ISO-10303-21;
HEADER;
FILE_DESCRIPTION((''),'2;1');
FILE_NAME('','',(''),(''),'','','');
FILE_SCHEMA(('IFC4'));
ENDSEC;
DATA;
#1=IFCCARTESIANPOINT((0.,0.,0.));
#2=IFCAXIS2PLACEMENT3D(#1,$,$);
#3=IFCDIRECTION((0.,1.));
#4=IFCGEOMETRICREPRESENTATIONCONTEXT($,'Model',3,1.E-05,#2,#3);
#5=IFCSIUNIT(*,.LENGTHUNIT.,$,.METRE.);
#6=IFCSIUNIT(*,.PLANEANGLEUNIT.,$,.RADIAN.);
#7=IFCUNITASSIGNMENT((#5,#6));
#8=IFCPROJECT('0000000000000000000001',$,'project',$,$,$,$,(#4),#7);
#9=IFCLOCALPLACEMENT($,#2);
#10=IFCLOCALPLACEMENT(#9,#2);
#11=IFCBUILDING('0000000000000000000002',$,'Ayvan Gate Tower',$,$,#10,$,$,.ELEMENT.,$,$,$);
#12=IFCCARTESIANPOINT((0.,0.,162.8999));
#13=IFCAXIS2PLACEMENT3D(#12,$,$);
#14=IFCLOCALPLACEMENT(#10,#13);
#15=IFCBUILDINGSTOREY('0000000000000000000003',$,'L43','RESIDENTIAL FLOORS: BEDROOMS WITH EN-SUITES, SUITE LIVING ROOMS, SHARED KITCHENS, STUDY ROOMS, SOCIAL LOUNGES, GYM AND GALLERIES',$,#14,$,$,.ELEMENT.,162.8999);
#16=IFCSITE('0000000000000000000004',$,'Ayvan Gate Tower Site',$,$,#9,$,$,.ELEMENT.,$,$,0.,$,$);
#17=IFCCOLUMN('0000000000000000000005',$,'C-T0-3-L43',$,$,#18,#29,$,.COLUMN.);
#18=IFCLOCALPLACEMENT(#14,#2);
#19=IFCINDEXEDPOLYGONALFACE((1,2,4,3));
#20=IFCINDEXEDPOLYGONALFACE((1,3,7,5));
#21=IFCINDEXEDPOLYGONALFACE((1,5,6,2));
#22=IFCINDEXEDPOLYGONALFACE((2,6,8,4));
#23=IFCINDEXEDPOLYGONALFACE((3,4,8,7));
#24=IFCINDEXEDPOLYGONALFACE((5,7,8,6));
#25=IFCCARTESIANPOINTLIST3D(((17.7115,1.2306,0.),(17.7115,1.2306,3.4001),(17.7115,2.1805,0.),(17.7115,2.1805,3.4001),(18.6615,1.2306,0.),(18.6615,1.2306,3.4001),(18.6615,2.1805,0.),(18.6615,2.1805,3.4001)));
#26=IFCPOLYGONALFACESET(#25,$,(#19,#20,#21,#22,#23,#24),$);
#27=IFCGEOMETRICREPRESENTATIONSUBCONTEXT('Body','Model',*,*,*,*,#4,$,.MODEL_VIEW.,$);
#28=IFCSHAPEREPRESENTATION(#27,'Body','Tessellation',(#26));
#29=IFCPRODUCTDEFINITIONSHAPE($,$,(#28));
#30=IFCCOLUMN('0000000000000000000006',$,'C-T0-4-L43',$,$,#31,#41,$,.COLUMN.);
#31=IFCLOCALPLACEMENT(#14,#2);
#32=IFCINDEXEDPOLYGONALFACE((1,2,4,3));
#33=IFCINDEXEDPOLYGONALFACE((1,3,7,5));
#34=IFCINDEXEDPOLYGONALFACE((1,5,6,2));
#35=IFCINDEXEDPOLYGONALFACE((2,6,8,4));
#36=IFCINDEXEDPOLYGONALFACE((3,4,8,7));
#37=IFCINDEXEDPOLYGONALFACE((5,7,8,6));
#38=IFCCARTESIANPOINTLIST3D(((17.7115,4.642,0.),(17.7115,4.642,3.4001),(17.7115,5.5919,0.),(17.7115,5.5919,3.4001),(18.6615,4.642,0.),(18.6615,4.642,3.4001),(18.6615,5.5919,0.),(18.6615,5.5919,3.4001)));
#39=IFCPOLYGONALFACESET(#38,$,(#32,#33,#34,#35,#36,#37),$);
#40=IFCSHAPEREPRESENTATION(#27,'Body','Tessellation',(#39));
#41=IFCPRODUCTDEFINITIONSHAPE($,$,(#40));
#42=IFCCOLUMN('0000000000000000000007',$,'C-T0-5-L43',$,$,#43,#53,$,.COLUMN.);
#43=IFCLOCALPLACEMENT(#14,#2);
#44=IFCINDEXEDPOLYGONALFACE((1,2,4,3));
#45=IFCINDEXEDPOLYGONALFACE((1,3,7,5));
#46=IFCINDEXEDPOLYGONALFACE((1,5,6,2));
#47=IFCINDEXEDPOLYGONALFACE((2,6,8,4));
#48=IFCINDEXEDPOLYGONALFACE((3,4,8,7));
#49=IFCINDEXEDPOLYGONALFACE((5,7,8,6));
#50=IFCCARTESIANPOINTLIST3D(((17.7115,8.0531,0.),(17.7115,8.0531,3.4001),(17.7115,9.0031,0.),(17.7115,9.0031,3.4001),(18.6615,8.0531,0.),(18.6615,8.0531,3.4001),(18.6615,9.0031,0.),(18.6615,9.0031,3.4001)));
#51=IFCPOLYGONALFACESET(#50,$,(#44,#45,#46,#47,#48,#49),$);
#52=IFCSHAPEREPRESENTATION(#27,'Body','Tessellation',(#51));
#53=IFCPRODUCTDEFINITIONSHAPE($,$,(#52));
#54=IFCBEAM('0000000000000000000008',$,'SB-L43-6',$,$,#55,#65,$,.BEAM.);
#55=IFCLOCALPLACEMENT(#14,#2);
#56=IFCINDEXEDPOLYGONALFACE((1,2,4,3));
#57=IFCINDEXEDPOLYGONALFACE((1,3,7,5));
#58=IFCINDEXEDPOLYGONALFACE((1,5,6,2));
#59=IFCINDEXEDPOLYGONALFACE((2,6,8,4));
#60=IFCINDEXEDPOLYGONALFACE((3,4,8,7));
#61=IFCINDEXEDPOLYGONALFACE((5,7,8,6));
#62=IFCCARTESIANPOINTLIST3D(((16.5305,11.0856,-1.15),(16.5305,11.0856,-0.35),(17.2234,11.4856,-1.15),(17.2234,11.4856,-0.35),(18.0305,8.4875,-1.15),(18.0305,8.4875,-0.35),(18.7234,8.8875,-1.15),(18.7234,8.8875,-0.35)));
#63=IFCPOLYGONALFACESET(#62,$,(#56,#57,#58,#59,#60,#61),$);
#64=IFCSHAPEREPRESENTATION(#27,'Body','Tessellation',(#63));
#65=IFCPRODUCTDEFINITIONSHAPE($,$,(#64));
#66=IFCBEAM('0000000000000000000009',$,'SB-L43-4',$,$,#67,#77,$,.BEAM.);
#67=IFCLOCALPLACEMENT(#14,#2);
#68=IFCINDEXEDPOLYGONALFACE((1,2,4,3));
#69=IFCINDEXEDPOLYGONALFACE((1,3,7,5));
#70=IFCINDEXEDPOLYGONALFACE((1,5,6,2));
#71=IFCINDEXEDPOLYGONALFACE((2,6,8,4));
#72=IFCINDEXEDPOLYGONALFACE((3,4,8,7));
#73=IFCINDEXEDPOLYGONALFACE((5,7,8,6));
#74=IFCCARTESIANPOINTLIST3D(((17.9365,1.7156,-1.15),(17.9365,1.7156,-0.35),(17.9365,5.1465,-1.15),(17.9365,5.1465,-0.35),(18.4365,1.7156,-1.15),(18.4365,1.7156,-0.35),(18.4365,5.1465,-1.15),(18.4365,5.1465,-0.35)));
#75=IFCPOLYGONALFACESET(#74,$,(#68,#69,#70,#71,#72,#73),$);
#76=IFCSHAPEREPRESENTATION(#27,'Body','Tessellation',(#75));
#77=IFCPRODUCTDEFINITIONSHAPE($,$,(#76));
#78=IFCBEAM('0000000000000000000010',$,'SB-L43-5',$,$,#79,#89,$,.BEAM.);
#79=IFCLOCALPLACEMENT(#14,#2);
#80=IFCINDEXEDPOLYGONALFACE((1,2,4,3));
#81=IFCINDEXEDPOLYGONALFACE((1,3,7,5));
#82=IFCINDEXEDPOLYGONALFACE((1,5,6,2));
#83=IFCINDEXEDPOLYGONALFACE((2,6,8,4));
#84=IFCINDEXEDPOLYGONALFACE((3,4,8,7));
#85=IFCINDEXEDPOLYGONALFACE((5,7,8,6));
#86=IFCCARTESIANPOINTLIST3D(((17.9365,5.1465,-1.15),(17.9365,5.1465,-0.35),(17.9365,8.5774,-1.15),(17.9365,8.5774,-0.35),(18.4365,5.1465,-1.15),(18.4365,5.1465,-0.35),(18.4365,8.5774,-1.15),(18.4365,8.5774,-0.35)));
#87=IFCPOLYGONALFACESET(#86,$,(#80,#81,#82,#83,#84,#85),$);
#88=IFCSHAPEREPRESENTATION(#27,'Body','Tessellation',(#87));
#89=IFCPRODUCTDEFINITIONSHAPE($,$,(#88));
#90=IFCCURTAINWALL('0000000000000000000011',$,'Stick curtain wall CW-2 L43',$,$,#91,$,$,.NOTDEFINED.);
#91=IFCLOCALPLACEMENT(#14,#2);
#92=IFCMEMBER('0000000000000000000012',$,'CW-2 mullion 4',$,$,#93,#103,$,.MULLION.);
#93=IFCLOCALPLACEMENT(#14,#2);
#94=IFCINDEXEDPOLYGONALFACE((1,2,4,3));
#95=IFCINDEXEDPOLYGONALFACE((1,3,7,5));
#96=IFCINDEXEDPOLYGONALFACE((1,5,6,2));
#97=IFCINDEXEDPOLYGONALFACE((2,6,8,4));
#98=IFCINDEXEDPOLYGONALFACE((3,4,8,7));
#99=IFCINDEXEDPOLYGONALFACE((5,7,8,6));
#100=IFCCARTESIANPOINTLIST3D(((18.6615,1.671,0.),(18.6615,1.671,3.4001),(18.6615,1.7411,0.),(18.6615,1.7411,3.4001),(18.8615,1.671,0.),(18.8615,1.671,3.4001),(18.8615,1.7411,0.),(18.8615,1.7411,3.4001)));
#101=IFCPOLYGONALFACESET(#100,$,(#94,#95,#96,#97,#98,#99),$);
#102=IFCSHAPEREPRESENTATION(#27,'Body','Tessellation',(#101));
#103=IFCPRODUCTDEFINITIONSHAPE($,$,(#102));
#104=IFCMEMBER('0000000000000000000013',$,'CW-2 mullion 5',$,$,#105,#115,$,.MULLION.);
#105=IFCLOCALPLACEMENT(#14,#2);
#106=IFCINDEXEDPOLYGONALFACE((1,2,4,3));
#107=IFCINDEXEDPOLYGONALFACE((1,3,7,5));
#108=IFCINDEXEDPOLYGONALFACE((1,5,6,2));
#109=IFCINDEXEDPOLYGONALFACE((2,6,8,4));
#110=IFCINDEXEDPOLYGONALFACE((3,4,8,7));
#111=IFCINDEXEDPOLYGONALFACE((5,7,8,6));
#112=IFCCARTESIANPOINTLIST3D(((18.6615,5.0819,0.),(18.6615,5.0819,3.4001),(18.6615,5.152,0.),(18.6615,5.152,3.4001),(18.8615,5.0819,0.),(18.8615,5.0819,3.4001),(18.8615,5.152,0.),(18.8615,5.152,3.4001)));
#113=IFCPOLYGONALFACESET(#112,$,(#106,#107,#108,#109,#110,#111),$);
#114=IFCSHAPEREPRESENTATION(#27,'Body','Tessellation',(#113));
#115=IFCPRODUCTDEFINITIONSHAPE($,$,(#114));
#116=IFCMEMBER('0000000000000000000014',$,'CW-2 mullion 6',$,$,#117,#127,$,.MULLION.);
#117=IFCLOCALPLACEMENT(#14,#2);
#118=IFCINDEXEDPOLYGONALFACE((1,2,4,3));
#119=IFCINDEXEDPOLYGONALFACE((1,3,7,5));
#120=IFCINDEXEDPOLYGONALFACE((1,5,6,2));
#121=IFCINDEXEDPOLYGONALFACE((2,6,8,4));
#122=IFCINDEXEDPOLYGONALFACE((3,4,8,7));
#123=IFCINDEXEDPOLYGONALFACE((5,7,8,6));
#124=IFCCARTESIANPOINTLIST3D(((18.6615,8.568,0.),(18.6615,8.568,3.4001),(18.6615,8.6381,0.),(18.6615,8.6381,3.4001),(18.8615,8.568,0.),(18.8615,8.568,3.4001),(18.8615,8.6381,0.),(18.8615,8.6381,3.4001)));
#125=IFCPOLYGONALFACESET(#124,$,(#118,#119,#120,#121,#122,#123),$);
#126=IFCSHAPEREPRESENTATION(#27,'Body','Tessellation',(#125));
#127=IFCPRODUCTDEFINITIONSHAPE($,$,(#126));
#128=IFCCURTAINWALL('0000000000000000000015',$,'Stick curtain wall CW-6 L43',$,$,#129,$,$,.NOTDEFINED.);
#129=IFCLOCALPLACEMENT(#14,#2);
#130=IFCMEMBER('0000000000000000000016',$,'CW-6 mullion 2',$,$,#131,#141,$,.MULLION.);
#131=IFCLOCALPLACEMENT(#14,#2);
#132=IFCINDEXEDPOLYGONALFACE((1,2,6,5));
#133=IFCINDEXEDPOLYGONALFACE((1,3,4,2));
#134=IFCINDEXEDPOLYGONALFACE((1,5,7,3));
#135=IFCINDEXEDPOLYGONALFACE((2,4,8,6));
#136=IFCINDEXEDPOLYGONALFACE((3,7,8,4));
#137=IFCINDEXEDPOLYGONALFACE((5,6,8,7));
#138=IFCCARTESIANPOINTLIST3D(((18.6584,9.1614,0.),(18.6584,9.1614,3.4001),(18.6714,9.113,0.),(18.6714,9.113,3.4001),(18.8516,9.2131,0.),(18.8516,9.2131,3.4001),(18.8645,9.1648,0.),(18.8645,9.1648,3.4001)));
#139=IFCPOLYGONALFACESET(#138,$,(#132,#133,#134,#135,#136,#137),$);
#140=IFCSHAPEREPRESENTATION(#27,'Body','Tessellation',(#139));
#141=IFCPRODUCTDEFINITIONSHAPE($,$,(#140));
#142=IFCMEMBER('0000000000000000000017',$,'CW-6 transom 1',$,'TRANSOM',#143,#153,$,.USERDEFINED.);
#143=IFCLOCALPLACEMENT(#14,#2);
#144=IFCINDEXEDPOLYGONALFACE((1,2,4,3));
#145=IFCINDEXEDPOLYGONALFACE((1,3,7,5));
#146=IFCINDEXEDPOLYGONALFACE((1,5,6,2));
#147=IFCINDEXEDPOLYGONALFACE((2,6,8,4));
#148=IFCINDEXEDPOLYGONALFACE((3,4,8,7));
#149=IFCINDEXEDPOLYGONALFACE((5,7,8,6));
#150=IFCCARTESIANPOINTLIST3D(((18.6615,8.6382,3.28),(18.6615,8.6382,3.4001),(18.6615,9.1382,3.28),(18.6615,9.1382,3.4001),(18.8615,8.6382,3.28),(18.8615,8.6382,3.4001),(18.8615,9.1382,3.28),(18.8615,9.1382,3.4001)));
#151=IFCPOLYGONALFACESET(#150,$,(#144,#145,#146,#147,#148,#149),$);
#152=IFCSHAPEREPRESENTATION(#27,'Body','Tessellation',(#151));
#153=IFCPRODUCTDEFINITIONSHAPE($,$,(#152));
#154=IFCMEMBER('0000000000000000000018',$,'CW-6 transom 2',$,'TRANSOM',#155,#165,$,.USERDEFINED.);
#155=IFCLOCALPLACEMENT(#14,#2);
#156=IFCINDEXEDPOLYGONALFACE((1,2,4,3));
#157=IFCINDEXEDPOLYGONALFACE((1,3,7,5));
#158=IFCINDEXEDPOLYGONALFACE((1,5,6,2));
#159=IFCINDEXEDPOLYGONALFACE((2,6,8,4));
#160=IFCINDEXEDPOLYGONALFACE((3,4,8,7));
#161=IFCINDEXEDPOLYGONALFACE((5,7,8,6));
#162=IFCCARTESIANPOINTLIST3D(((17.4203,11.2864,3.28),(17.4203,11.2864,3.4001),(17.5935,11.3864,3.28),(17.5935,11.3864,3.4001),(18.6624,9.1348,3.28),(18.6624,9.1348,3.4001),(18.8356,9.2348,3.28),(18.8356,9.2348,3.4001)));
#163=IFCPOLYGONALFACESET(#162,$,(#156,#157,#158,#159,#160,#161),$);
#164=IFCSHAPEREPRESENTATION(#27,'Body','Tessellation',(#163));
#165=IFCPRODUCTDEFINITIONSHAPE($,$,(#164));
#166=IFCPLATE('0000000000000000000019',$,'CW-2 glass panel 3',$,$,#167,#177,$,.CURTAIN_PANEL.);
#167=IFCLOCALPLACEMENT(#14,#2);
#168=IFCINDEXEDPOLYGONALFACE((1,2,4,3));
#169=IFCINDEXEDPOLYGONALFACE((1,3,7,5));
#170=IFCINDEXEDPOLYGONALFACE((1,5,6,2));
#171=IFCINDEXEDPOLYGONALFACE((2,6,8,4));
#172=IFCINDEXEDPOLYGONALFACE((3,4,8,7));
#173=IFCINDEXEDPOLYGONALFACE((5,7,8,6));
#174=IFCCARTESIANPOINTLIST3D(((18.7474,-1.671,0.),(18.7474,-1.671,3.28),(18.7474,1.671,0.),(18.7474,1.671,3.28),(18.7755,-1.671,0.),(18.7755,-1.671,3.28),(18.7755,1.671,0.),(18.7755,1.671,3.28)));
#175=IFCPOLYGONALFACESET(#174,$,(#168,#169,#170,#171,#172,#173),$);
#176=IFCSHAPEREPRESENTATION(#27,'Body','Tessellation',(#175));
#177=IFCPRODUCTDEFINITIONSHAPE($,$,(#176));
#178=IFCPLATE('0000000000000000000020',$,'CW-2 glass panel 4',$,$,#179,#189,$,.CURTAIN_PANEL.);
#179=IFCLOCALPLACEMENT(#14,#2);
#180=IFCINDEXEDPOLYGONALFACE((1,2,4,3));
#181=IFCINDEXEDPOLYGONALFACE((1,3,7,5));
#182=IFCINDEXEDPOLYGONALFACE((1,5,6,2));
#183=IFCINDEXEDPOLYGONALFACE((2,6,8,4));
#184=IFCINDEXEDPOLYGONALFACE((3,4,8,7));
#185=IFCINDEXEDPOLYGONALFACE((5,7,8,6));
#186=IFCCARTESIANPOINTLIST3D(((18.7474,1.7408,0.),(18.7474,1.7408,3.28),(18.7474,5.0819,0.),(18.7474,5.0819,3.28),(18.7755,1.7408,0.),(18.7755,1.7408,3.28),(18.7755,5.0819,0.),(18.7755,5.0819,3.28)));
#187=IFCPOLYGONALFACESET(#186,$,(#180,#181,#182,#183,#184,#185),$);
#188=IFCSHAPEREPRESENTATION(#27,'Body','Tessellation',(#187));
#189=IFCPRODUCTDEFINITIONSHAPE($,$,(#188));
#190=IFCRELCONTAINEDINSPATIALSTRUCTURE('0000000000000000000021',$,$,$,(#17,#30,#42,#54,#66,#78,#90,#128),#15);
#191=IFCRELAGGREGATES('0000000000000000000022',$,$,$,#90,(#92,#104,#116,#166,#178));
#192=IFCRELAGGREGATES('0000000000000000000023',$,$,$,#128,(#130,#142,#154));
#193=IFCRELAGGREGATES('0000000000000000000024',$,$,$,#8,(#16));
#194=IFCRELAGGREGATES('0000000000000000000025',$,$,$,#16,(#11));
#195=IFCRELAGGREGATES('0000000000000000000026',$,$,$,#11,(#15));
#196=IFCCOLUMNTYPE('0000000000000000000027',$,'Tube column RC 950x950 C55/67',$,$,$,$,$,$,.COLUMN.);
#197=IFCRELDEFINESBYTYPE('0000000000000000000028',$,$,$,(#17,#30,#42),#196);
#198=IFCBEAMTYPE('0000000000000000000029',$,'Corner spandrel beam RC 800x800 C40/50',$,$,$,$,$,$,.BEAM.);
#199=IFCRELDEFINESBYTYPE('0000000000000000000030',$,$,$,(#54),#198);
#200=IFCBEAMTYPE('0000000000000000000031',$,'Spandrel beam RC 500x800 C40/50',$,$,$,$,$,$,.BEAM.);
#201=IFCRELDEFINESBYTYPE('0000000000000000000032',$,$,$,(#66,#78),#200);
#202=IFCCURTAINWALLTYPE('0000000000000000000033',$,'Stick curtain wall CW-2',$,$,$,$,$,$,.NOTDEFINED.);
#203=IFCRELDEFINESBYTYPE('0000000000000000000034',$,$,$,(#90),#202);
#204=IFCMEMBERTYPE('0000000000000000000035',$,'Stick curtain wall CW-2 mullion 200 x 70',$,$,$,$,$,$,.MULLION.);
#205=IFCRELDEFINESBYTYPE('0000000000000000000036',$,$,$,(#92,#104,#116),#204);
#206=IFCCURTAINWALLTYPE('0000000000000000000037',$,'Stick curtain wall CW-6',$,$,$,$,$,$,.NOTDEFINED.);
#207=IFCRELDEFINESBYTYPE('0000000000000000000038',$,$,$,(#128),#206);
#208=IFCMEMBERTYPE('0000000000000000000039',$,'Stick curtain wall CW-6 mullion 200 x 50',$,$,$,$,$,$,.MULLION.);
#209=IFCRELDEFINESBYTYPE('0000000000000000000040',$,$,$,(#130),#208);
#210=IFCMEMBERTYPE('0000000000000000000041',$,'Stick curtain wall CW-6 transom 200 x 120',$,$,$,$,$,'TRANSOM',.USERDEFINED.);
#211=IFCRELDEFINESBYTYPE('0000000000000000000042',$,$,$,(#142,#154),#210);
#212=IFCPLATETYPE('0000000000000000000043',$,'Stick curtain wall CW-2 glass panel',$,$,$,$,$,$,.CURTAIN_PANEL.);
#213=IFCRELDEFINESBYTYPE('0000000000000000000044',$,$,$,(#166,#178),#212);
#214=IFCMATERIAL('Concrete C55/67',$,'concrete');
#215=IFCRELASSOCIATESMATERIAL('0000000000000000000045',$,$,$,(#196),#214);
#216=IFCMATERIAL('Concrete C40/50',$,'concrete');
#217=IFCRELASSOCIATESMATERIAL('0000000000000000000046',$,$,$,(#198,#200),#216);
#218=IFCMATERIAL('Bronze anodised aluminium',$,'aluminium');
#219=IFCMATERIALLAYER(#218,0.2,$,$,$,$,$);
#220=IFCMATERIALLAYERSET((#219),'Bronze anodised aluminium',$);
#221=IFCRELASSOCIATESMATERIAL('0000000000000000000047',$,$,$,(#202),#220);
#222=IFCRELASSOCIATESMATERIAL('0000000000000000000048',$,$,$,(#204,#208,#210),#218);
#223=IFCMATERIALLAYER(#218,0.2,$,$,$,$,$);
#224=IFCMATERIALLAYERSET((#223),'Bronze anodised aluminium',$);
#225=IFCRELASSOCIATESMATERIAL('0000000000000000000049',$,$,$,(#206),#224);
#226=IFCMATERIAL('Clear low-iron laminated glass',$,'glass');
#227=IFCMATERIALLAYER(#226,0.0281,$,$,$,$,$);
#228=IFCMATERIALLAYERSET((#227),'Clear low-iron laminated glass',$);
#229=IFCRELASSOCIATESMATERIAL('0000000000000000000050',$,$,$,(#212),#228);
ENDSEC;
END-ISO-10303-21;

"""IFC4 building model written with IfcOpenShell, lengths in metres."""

from ifc_helpers import new_model, si_unit, direction, frame, origin, origin_2d, place, context, subcontext, project, spatial, rectangle, extrude, material, layer, layer_set, material_profile, profile_set, type_object, element, aggregate, save


model = new_model("IFC4")

# Units and contexts
model_context = context("Model", 3, precision=1e-05, world=origin(), true_north=direction((0.0, 1.0)))
body_context = subcontext(model_context, "Body", "Model", "MODEL_VIEW")
ifc_project = project(units=[si_unit("LENGTHUNIT", "METRE"), si_unit("PLANEANGLEUNIT", "RADIAN")], contexts=[model_context])

# Site, building, storey
site_placement = place(None, origin())
site = spatial("IfcSite", under=ifc_project, at=site_placement, Name="Ayvan Gate Tower Site", CompositionType="ELEMENT", RefElevation=0.0)
building_placement = place(site_placement, origin())
building = spatial("IfcBuilding", under=site, at=building_placement, Name="Ayvan Gate Tower", CompositionType="ELEMENT")
storey_placement = place(building_placement, frame((0.0, 0.0, 162.8999)))
storey = spatial("IfcBuildingStorey", under=building, at=storey_placement, Name="L43", Description="RESIDENTIAL FLOORS: BEDROOMS WITH EN-SUITES, SUITE LIVING ROOMS, SHARED KITCHENS, STUDY ROOMS, SOCIAL LOUNGES, GYM AND GALLERIES", CompositionType="ELEMENT", Elevation=162.8999)

# Columns
ifc_material_1 = material(Name="Concrete C55/67", Category="concrete")
ifc_material_profile_1 = material_profile(ifc_material_1, rectangle(XDim=0.95, YDim=0.95, at=origin_2d()), Name="RC 950x950")
ifc_profile_set_1 = profile_set([ifc_material_profile_1], Name="Concrete C55/67")
column_type = type_object("IfcColumnType", Name="Tube column RC 950x950 C55/67", PredefinedType="COLUMN", material=ifc_profile_set_1)
for number, where, z_axis, x_axis, name in (
    (1, (18.1865, 1.7056, 0.0), (0.0, 0.0, 1.0), (1.0, 0.0, 0.0), "C-T0-3-L43"),
    (2, (18.1865, 5.1169, 0.0), (0.0, 0.0, 1.0), (1.0, 0.0, 0.0), "C-T0-4-L43"),
    (3, (18.1865, 8.5281, 0.0), (0.0, 0.0, 1.0), (1.0, 0.0, 0.0), "C-T0-5-L43"),
):
    element("IfcColumn", number, at=place(storey_placement, frame(where, z_axis=z_axis, x_axis=x_axis)), inside=storey, type_object=column_type, Name=name, PredefinedType="COLUMN", context=body_context, shape_type="SweptSolid", body=[
        extrude(rectangle(XDim=0.95, YDim=0.95, at=origin_2d()), origin(), (0.0, 0.0, 1.0), 3.4001),
    ])

# Beams
ifc_material_2 = material(Name="Concrete C40/50", Category="concrete")
ifc_material_profile_2 = material_profile(ifc_material_2, rectangle(XDim=0.8, YDim=0.8, at=origin_2d()), Name="RC 800x800")
ifc_profile_set_2 = profile_set([ifc_material_profile_2], Name="Concrete C40/50")
beam_type_1 = type_object("IfcBeamType", Name="Corner spandrel beam RC 800x800 C40/50", PredefinedType="BEAM", material=ifc_profile_set_2)
beam_placement = place(storey_placement, frame((18.377, 8.6875, -0.75), z_axis=(-0.49999, 0.866031, 0.0), x_axis=(-0.866031, -0.49999, 0.0)))
element("IfcBeam", 4, at=beam_placement, inside=storey, type_object=beam_type_1, Name="SB-L43-6", PredefinedType="BEAM", context=body_context, shape_type="SweptSolid", body=[
    extrude(rectangle(XDim=0.8, YDim=0.8, at=origin_2d()), origin(), (0.0, 0.0, 1.0), 3.0),
])
ifc_material_profile_3 = material_profile(ifc_material_2, rectangle(XDim=0.5, YDim=0.8, at=origin_2d()), Name="RC 500x800")
ifc_profile_set_3 = profile_set([ifc_material_profile_3], Name="Concrete C40/50")
beam_type_2 = type_object("IfcBeamType", Name="Spandrel beam RC 500x800 C40/50", PredefinedType="BEAM", material=ifc_profile_set_3)
for number, where, z_axis, x_axis, name in (
    (5, (18.1865, 1.7156, -0.75), (0.0, 1.0, 0.0), (-1.0, 0.0, 0.0), "SB-L43-4"),
    (6, (18.1865, 5.1465, -0.75), (0.0, 1.0, 0.0), (-1.0, 0.0, 0.0), "SB-L43-5"),
):
    element("IfcBeam", number, at=place(storey_placement, frame(where, z_axis=z_axis, x_axis=x_axis)), inside=storey, type_object=beam_type_2, Name=name, PredefinedType="BEAM", context=body_context, shape_type="SweptSolid", body=[
        extrude(rectangle(XDim=0.5, YDim=0.8, at=origin_2d()), origin(), (0.0, 0.0, 1.0), 3.4309),
    ])

# Curtain walls, members
ifc_material_3 = material(Name="Bronze anodised aluminium", Category="aluminium")
ifc_layer_1 = layer(ifc_material_3, 0.2)
ifc_layer_set_1 = layer_set([ifc_layer_1], Name="Bronze anodised aluminium")
curtain_wall_type_1 = type_object("IfcCurtainWallType", Name="Stick curtain wall CW-2", PredefinedType="NOTDEFINED", material=ifc_layer_set_1)
curtain_wall_1_placement = place(storey_placement, origin())
curtain_wall_1 = element("IfcCurtainWall", 7, at=curtain_wall_1_placement, inside=storey, type_object=curtain_wall_type_1, Name="Stick curtain wall CW-2 L43", PredefinedType="NOTDEFINED")
ifc_material_profile_4 = material_profile(ifc_material_3, rectangle(XDim=0.2, YDim=0.0701, at=origin_2d()), Name="Stick curtain wall CW-2 mullion 200 x 70")
ifc_profile_set_4 = profile_set([ifc_material_profile_4], Name="Bronze anodised aluminium")
member_type_1 = type_object("IfcMemberType", Name="Stick curtain wall CW-2 mullion 200 x 70", PredefinedType="MULLION", material=ifc_profile_set_4)
member_1_placement = place(storey_placement, frame((18.7615, 1.7061, 0.0), z_axis=(0.0, 0.0, 1.0), x_axis=(1.0, 0.0, 0.0)))
member_1 = element("IfcMember", 8, at=member_1_placement, type_object=member_type_1, Name="CW-2 mullion 4", PredefinedType="MULLION", context=body_context, shape_type="SweptSolid", body=[
    extrude(rectangle(XDim=0.2, YDim=0.0701, at=origin_2d()), origin(), (0.0, 0.0, 1.0), 3.4001),
])
member_2_placement = place(storey_placement, frame((18.7615, 5.1169, 0.0), z_axis=(0.0, 0.0, 1.0), x_axis=(1.0, 0.0, 0.0)))
member_2 = element("IfcMember", 9, at=member_2_placement, type_object=member_type_1, Name="CW-2 mullion 5", PredefinedType="MULLION", context=body_context, shape_type="SweptSolid", body=[
    extrude(rectangle(XDim=0.2, YDim=0.0701, at=origin_2d()), origin(), (0.0, 0.0, 1.0), 3.4001),
])
member_3_placement = place(storey_placement, frame((18.7615, 8.603, 0.0), z_axis=(0.0, 0.0, 1.0), x_axis=(1.0, 0.0, 0.0)))
member_3 = element("IfcMember", 10, at=member_3_placement, type_object=member_type_1, Name="CW-2 mullion 6", PredefinedType="MULLION", context=body_context, shape_type="SweptSolid", body=[
    extrude(rectangle(XDim=0.2, YDim=0.0701, at=origin_2d()), origin(), (0.0, 0.0, 1.0), 3.4001),
])
ifc_layer_2 = layer(ifc_material_3, 0.2)
ifc_layer_set_2 = layer_set([ifc_layer_2], Name="Bronze anodised aluminium")
curtain_wall_type_2 = type_object("IfcCurtainWallType", Name="Stick curtain wall CW-6", PredefinedType="NOTDEFINED", material=ifc_layer_set_2)
curtain_wall_2_placement = place(storey_placement, origin())
curtain_wall_2 = element("IfcCurtainWall", 11, at=curtain_wall_2_placement, inside=storey, type_object=curtain_wall_type_2, Name="Stick curtain wall CW-6 L43", PredefinedType="NOTDEFINED")
ifc_material_profile_5 = material_profile(ifc_material_3, rectangle(XDim=0.2, YDim=0.05, at=origin_2d()), Name="Stick curtain wall CW-6 mullion 200 x 50")
ifc_profile_set_5 = profile_set([ifc_material_profile_5], Name="Bronze anodised aluminium")
member_type_2 = type_object("IfcMemberType", Name="Stick curtain wall CW-6 mullion 200 x 50", PredefinedType="MULLION", material=ifc_profile_set_5)
member_4_placement = place(storey_placement, frame((18.7615, 9.1631, 0.0), z_axis=(0.0, 0.0, 1.0), x_axis=(0.965926, 0.258819, 0.0)))
member_4 = element("IfcMember", 12, at=member_4_placement, type_object=member_type_2, Name="CW-6 mullion 2", PredefinedType="MULLION", context=body_context, shape_type="SweptSolid", body=[
    extrude(rectangle(XDim=0.2, YDim=0.05, at=origin_2d()), origin(), (0.0, 0.0, 1.0), 3.4001),
])
ifc_material_profile_6 = material_profile(ifc_material_3, rectangle(XDim=0.2, YDim=0.1201, at=origin_2d()), Name="Stick curtain wall CW-6 transom 200 x 120")
ifc_profile_set_6 = profile_set([ifc_material_profile_6], Name="Bronze anodised aluminium")
member_type_3 = type_object("IfcMemberType", Name="Stick curtain wall CW-6 transom 200 x 120", ElementType="TRANSOM", PredefinedType="USERDEFINED", material=ifc_profile_set_6)
member_5_placement = place(storey_placement, frame((18.7615, 8.6382, 3.3401), z_axis=(0.0, 1.0, 0.0), x_axis=(-1.0, 0.0, 0.0)))
member_5 = element("IfcMember", 13, at=member_5_placement, type_object=member_type_3, Name="CW-6 transom 1", ObjectType="TRANSOM", PredefinedType="USERDEFINED", context=body_context, shape_type="SweptSolid", body=[
    extrude(rectangle(XDim=0.2, YDim=0.1201, at=origin_2d()), origin(), (0.0, 0.0, 1.0), 0.5),
])
member_6_placement = place(storey_placement, frame((18.749, 9.1848, 3.3401), z_axis=(-0.499986, 0.866033, 0.0), x_axis=(-0.866033, -0.499986, 0.0)))
member_6 = element("IfcMember", 14, at=member_6_placement, type_object=member_type_3, Name="CW-6 transom 2", ObjectType="TRANSOM", PredefinedType="USERDEFINED", context=body_context, shape_type="SweptSolid", body=[
    extrude(rectangle(XDim=0.2, YDim=0.1201, at=origin_2d()), origin(), (0.0, 0.0, 1.0), 2.4844),
])

# Plates
ifc_material_4 = material(Name="Clear low-iron laminated glass", Category="glass")
ifc_layer_3 = layer(ifc_material_4, 0.0281)
ifc_layer_set_3 = layer_set([ifc_layer_3], Name="Clear low-iron laminated glass")
plate_type_1 = type_object("IfcPlateType", Name="Stick curtain wall CW-2 glass panel", PredefinedType="CURTAIN_PANEL", material=ifc_layer_set_3)
plate_1_placement = place(storey_placement, frame((18.7615, 0.0, 0.0), z_axis=(0.0, 0.0, 1.0), x_axis=(0.0, 1.0, 0.0)))
plate_1 = element("IfcPlate", 15, at=plate_1_placement, type_object=plate_type_1, Name="CW-2 glass panel 3", PredefinedType="CURTAIN_PANEL", context=body_context, shape_type="SweptSolid", body=[
    extrude(rectangle(XDim=3.342, YDim=0.0281, at=origin_2d()), origin(), (0.0, 0.0, 1.0), 3.28),
])
plate_2_placement = place(storey_placement, frame((18.7615, 3.4114, 0.0), z_axis=(0.0, 0.0, 1.0), x_axis=(0.0, 1.0, 0.0)))
plate_2 = element("IfcPlate", 16, at=plate_2_placement, type_object=plate_type_1, Name="CW-2 glass panel 4", PredefinedType="CURTAIN_PANEL", context=body_context, shape_type="SweptSolid", body=[
    extrude(rectangle(XDim=3.3411, YDim=0.0281, at=origin_2d()), origin(), (0.0, 0.0, 1.0), 3.28),
])
aggregate(curtain_wall_1, [member_1, member_2, member_3, plate_1, plate_2])
aggregate(curtain_wall_2, [member_4, member_5, member_6])

save(model, "model.ifc")
